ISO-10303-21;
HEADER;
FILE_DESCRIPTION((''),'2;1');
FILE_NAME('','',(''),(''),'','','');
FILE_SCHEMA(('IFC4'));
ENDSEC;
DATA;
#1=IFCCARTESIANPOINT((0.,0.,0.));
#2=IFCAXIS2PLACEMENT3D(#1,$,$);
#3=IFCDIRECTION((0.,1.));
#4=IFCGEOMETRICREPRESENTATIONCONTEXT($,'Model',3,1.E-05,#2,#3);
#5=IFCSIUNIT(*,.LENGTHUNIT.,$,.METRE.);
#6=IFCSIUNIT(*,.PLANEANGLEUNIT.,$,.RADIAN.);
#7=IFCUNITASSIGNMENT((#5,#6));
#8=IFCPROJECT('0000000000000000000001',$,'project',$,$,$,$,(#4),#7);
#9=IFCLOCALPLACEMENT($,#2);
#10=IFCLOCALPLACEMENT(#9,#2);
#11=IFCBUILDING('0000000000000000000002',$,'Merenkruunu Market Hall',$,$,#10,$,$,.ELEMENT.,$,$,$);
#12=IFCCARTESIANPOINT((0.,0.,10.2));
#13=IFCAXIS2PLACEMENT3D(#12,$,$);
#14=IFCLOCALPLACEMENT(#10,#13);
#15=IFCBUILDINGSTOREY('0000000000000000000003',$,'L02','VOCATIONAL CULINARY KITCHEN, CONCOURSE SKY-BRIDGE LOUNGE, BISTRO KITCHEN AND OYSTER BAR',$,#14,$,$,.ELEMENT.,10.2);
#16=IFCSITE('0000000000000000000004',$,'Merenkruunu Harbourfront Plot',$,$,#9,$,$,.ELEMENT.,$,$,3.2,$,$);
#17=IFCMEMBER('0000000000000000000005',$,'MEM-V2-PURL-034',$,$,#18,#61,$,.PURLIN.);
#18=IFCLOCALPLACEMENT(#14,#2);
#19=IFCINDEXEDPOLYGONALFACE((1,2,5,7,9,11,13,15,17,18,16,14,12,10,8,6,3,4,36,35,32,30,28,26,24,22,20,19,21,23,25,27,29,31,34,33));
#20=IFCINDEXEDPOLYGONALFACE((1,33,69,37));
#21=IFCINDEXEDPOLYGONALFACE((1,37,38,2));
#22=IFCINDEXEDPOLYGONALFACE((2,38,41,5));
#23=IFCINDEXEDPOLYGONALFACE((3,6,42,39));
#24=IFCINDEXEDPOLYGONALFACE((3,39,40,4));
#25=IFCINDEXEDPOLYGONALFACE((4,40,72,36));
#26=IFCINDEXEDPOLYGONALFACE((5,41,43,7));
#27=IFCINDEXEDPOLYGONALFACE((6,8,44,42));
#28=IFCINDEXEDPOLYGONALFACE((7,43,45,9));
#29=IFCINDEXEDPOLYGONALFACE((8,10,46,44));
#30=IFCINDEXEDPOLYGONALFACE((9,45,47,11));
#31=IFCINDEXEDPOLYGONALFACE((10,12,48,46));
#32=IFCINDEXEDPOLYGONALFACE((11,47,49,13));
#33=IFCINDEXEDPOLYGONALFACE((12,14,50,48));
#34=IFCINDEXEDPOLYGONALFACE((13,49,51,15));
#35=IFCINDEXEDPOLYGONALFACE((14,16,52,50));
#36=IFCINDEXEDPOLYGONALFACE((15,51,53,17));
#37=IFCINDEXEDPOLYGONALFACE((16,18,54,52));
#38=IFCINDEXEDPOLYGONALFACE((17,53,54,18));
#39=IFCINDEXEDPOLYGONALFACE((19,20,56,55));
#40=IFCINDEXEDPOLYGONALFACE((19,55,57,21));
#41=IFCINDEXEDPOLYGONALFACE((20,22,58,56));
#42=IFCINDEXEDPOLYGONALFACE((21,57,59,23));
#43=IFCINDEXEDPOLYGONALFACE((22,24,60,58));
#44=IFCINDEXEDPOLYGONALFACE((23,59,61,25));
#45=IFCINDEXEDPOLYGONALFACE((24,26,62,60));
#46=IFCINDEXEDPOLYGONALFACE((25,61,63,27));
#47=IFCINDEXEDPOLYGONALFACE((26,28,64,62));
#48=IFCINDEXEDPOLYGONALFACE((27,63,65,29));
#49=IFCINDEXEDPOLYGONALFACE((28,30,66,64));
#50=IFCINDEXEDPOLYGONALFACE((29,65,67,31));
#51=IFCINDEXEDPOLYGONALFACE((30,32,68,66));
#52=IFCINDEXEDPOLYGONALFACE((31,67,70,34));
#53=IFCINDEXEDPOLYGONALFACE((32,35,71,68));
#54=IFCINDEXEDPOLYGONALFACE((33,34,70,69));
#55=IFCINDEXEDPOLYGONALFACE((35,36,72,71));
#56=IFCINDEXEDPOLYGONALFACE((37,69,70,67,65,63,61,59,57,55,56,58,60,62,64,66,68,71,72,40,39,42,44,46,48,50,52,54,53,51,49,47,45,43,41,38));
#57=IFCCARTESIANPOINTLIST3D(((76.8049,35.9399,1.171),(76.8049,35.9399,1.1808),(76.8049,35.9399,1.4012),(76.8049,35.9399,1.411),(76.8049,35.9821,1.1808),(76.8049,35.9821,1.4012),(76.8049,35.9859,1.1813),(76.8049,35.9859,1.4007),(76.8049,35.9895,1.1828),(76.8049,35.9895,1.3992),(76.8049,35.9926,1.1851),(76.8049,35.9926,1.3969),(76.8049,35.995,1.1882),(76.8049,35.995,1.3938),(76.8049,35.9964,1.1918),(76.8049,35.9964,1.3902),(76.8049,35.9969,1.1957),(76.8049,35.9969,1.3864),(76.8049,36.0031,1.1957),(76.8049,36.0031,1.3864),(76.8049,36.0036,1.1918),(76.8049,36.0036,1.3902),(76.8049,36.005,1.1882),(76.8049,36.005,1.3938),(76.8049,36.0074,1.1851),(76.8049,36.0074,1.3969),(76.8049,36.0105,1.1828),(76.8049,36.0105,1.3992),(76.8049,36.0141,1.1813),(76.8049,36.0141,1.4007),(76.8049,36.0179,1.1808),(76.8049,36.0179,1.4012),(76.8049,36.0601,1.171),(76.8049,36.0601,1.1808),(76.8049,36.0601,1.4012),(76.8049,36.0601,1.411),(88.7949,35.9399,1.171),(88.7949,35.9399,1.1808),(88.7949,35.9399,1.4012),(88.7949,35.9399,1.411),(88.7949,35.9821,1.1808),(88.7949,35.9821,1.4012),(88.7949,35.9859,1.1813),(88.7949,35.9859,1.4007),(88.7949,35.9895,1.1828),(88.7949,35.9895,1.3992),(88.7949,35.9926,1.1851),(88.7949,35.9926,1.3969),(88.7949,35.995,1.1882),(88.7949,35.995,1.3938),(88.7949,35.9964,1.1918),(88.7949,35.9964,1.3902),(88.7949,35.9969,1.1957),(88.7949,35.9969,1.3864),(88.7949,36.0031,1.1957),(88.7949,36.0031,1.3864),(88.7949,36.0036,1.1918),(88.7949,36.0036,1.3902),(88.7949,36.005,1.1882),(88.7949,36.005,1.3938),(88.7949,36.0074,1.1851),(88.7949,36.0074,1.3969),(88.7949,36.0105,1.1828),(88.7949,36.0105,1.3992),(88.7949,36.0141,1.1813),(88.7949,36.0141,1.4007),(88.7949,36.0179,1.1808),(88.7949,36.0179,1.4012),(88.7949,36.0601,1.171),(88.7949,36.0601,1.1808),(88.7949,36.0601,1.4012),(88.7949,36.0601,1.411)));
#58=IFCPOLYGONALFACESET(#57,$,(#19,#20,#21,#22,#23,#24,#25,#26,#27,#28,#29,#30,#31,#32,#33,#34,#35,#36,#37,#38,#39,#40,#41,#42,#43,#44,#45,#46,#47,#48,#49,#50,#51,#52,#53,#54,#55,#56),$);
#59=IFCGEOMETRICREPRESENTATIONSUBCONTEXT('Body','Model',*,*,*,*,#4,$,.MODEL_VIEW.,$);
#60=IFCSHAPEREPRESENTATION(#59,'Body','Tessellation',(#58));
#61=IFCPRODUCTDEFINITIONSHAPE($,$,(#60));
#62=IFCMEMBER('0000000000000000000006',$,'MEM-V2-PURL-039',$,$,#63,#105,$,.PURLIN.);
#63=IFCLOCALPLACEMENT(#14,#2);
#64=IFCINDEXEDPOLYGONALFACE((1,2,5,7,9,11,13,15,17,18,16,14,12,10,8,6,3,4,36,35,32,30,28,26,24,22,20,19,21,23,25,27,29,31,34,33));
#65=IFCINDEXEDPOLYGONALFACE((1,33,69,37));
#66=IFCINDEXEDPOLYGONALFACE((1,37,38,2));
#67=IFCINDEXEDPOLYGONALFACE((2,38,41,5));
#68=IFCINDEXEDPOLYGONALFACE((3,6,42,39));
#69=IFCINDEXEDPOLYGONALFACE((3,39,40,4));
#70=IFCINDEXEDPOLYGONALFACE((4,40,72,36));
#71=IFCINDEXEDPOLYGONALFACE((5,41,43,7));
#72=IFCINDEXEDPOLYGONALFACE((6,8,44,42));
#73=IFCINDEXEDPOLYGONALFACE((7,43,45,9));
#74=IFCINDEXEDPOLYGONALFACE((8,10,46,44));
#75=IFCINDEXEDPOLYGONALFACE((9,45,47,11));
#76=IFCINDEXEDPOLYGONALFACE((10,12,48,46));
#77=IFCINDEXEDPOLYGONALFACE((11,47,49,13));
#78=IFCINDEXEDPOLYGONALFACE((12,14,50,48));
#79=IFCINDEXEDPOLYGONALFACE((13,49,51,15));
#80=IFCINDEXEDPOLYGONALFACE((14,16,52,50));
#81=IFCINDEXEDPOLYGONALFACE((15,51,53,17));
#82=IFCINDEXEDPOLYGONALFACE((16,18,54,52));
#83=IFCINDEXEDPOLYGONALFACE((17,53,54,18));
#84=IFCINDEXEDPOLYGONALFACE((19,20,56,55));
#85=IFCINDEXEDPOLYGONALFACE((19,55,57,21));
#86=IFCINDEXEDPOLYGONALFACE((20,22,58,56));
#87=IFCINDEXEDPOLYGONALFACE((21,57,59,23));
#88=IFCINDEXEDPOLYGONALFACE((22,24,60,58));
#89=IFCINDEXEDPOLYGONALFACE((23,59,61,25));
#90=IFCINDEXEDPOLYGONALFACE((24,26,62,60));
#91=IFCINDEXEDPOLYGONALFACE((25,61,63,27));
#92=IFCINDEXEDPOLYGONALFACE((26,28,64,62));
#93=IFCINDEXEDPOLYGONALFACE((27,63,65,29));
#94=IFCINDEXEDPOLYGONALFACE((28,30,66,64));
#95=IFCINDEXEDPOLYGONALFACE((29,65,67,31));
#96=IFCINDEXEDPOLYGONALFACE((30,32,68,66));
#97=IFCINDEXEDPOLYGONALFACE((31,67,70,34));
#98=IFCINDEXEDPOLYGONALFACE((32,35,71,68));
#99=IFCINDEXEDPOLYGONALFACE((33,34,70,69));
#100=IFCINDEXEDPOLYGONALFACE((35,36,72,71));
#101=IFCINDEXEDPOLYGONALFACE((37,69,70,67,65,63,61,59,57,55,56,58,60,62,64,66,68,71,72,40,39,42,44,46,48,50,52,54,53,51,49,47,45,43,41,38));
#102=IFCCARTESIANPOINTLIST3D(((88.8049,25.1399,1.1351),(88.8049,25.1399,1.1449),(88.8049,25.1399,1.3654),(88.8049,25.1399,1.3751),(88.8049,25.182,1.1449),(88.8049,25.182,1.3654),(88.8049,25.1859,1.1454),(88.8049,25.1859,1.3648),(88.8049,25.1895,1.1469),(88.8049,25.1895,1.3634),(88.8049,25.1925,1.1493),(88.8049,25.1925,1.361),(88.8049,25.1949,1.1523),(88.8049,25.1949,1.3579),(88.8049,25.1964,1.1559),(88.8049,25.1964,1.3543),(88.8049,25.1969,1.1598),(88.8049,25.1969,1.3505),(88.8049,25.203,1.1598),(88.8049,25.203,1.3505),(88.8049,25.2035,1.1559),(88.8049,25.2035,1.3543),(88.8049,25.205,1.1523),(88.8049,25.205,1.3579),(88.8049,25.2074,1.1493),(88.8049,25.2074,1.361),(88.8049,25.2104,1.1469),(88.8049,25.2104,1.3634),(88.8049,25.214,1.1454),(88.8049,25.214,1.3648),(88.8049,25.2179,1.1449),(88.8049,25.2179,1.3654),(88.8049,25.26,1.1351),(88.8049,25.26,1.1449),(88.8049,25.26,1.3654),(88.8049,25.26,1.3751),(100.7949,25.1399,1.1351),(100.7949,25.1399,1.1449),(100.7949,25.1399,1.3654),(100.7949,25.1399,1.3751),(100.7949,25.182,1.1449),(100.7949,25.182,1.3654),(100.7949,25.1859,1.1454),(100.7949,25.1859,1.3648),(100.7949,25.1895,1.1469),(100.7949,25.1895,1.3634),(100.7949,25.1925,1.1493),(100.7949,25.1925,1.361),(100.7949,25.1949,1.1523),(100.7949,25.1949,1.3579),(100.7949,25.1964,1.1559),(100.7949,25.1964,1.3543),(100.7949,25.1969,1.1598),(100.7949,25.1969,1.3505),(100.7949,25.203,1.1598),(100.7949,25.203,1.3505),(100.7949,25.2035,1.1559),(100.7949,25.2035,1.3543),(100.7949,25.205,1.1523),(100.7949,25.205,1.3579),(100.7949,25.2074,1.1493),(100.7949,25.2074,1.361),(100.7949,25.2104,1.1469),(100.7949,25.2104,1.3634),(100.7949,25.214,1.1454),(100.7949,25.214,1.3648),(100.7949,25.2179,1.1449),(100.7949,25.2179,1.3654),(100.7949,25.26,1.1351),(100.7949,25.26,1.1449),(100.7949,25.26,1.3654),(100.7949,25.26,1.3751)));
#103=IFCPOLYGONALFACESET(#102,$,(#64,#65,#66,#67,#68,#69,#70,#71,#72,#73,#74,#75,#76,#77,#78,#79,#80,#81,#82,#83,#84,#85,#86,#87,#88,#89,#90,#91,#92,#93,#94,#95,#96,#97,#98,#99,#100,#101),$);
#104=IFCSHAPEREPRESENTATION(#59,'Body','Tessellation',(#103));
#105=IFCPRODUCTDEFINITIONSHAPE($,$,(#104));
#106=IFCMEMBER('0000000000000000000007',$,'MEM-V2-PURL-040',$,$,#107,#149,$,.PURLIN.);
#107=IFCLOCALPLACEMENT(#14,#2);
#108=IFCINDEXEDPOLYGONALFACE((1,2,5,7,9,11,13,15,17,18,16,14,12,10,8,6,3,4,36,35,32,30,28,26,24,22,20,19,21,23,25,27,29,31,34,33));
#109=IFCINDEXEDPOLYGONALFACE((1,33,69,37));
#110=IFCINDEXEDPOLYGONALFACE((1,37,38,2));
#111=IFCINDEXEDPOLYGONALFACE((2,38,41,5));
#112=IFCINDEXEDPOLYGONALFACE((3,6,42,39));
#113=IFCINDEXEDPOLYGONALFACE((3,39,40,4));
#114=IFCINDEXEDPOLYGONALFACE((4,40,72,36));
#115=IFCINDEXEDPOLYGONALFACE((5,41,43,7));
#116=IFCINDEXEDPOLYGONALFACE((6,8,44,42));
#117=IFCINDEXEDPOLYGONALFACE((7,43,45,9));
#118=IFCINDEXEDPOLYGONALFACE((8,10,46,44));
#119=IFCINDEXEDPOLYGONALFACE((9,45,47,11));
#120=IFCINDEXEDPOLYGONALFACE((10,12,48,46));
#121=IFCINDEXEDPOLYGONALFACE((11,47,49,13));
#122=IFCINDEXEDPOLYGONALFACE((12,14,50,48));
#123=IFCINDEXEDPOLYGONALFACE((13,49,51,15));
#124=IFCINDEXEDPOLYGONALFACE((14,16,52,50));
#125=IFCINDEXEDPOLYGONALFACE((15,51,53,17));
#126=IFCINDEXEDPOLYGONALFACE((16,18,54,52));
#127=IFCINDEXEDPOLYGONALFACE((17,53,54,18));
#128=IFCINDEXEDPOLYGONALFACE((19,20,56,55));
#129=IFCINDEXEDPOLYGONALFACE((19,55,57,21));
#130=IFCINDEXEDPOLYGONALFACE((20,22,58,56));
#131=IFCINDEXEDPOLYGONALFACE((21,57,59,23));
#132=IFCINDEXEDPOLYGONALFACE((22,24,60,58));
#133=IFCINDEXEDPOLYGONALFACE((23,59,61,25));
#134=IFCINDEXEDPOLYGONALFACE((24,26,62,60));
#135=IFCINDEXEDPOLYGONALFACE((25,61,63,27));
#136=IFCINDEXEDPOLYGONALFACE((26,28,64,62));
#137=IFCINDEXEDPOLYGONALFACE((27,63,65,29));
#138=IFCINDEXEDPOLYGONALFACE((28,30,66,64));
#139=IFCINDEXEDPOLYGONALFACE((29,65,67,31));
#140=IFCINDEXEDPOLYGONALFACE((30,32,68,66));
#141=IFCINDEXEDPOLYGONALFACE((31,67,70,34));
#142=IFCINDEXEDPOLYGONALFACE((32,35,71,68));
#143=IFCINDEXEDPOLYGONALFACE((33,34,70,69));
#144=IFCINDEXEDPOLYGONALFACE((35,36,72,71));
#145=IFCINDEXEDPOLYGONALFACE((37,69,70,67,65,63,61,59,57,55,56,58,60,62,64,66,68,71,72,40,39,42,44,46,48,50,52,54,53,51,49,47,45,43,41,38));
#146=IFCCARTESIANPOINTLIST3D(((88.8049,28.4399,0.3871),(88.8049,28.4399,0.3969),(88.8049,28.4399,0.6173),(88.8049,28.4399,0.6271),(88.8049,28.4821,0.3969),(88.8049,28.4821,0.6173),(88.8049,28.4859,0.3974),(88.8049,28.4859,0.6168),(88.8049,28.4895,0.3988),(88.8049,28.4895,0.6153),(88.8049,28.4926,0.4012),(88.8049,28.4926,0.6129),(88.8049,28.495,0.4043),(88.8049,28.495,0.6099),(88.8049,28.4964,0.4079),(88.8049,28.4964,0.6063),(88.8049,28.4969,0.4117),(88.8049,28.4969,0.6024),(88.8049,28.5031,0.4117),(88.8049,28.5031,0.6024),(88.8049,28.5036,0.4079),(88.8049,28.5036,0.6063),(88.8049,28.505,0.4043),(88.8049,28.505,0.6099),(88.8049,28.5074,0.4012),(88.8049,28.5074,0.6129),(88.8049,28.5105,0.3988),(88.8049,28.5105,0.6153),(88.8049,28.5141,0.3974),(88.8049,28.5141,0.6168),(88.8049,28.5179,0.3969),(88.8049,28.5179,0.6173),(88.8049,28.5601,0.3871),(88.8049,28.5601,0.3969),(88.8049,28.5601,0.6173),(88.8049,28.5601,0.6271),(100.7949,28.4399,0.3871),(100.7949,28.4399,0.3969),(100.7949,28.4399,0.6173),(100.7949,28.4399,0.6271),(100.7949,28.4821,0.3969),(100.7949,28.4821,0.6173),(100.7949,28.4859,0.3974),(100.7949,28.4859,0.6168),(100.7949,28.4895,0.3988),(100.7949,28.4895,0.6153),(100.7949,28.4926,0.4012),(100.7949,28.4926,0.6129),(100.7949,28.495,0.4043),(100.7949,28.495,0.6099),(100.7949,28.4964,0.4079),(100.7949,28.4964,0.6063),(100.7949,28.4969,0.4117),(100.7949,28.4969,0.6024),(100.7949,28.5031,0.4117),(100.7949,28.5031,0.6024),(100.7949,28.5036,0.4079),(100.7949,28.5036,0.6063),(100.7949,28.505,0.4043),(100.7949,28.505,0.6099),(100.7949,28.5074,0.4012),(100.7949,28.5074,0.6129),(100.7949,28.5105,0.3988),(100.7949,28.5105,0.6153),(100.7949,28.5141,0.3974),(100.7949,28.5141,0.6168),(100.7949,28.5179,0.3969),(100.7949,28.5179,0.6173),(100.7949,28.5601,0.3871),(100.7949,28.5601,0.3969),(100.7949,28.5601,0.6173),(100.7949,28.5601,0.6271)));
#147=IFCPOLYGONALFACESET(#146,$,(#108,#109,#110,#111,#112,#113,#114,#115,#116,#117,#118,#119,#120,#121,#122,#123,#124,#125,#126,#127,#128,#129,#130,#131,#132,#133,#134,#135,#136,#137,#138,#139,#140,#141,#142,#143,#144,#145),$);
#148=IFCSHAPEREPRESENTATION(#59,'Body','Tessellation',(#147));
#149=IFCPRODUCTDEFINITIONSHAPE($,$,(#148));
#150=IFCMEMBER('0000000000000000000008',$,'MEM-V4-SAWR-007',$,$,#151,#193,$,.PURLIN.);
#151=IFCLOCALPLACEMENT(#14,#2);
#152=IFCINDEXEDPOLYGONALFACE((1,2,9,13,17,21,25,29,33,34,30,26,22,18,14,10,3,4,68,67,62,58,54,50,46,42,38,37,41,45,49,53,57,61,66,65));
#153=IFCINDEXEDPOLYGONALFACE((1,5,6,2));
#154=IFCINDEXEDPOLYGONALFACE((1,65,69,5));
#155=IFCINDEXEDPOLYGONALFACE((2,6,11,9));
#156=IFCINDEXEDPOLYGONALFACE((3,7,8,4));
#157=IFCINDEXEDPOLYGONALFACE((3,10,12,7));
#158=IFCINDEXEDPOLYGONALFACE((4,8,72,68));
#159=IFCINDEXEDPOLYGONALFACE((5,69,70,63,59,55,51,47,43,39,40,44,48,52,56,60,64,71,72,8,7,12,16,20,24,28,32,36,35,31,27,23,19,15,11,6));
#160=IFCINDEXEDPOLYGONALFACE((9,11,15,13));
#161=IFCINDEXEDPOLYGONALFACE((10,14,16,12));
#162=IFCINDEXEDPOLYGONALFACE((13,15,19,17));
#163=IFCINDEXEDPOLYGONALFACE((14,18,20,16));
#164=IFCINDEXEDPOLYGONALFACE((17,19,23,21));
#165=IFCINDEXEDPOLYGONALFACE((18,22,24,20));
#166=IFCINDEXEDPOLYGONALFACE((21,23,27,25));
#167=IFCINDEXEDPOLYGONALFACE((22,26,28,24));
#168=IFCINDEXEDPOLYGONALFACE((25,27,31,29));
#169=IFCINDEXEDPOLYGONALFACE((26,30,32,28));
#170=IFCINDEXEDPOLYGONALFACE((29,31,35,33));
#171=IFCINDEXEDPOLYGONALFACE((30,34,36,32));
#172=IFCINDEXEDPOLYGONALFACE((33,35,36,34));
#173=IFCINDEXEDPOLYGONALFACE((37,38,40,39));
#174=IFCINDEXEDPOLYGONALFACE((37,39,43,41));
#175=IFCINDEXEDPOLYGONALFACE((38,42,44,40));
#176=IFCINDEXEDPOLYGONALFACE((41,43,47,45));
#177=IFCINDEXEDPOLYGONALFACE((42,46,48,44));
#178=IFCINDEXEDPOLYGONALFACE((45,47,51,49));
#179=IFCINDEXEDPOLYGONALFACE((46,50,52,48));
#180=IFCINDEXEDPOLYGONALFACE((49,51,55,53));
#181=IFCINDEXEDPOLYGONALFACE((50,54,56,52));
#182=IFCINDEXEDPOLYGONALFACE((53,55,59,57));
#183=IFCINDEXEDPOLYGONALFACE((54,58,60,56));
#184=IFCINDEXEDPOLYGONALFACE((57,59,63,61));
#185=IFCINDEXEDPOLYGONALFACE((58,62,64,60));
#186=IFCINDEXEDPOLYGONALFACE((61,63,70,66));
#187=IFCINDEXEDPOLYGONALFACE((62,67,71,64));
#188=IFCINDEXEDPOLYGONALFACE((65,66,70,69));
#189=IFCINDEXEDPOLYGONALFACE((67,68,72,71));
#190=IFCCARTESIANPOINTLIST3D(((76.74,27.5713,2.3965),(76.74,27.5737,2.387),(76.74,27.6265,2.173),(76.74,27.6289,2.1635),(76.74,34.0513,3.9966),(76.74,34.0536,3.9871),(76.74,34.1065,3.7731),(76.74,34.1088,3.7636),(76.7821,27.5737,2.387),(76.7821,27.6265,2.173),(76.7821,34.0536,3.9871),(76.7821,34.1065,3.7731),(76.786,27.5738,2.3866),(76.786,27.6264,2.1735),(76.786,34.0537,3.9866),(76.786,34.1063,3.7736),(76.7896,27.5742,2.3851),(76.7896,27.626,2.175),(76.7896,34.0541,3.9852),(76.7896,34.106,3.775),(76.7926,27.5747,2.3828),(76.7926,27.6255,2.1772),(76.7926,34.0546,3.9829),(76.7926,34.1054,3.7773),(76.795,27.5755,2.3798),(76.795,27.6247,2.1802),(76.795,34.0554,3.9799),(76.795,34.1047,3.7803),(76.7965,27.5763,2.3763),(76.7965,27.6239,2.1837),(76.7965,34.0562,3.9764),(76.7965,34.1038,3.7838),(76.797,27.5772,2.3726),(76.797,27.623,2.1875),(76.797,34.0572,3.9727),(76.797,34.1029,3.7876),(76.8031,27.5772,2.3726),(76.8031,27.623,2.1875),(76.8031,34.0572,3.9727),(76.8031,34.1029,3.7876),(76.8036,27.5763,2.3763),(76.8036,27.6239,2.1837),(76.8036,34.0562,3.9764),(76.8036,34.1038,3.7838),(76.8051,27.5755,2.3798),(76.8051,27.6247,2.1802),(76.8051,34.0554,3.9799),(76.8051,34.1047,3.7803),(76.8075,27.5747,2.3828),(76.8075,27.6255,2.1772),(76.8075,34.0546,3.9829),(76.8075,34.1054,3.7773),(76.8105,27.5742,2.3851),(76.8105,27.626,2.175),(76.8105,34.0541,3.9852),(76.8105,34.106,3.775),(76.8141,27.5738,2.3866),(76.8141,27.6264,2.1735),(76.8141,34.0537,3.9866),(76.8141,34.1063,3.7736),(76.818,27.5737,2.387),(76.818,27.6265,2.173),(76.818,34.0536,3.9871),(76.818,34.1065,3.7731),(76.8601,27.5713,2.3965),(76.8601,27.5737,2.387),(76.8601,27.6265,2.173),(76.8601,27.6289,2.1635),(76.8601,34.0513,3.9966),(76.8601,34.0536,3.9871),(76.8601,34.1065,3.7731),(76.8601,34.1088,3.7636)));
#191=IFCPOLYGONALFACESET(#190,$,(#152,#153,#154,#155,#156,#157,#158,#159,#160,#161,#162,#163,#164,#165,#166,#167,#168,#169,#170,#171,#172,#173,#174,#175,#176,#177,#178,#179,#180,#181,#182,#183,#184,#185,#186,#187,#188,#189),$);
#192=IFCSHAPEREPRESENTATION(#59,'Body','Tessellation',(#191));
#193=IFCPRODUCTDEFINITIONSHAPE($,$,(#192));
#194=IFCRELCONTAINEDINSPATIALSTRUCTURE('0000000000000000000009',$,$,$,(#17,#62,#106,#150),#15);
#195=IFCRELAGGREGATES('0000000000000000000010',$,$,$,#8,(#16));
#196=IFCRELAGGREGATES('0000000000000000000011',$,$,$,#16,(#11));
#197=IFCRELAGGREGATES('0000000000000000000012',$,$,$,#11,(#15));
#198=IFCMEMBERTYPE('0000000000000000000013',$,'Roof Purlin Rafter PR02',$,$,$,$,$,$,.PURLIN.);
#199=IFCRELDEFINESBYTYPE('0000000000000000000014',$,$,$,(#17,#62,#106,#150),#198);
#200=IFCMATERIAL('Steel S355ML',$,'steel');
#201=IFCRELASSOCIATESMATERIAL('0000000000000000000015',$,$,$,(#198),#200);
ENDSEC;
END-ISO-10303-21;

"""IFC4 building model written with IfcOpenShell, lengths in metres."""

from ifc_helpers import new_model, si_unit, direction, frame, origin, origin_2d, place, context, subcontext, project, spatial, i_section, extrude, material, material_profile, profile_set, type_object, element, save


model = new_model("IFC4")

# Units and contexts
model_context = context("Model", 3, precision=1e-05, world=origin(), true_north=direction((0.0, 1.0)))
body_context = subcontext(model_context, "Body", "Model", "MODEL_VIEW")
ifc_project = project(units=[si_unit("LENGTHUNIT", "METRE"), si_unit("PLANEANGLEUNIT", "RADIAN")], contexts=[model_context])

# Site, building, storey
site_placement = place(None, origin())
site = spatial("IfcSite", under=ifc_project, at=site_placement, Name="Merenkruunu Harbourfront Plot", CompositionType="ELEMENT", RefElevation=3.2)
building_placement = place(site_placement, origin())
building = spatial("IfcBuilding", under=site, at=building_placement, Name="Merenkruunu Market Hall", CompositionType="ELEMENT")
storey_placement = place(building_placement, frame((0.0, 0.0, 10.2)))
storey = spatial("IfcBuildingStorey", under=building, at=storey_placement, Name="L02", Description="VOCATIONAL CULINARY KITCHEN, CONCOURSE SKY-BRIDGE LOUNGE, BISTRO KITCHEN AND OYSTER BAR", CompositionType="ELEMENT", Elevation=10.2)

# Shared definitions
ifc_material_1 = material(Name="Steel S355ML", Category="steel")

# Members
ifc_material_profile_1 = material_profile(ifc_material_1, i_section(OverallWidth=0.1201, OverallDepth=0.24, WebThickness=0.0061, FlangeThickness=0.0098, FilletRadius=0.0149, at=origin_2d()), Name="IPE 240")
ifc_profile_set_1 = profile_set([ifc_material_profile_1], Name="Steel S355ML")
member_type = type_object("IfcMemberType", Name="Roof Purlin Rafter PR02", PredefinedType="PURLIN", material=ifc_profile_set_1)
for number, where, z_axis, x_axis, name in (
    (1, (76.8049, 36.0, 1.291), (1.0, 0.0, 0.0), (0.0, 1.0, 0.0), "MEM-V2-PURL-034"),
    (2, (88.8049, 25.2, 1.2551), (1.0, 0.0, 0.0), (0.0, 1.0, 0.0), "MEM-V2-PURL-039"),
    (3, (88.8049, 28.5, 0.5071), (1.0, 0.0, 0.0), (0.0, 1.0, 0.0), "MEM-V2-PURL-040"),
):
    element("IfcMember", number, at=place(storey_placement, frame(where, z_axis=z_axis, x_axis=x_axis)), inside=storey, type_object=member_type, Name=name, PredefinedType="PURLIN", context=body_context, shape_type="SweptSolid", body=[
        extrude(i_section(OverallWidth=0.1201, OverallDepth=0.24, WebThickness=0.0061, FlangeThickness=0.0098, FilletRadius=0.0149, at=origin_2d()), origin(), (0.0, 0.0, 1.0), 11.99),
    ])
member_1_placement = place(storey_placement, frame((76.8, 27.6001, 2.28), z_axis=(0.0, 0.97084, 0.239729), x_axis=(-1.0, 0.0, 0.0)))
element("IfcMember", 4, at=member_1_placement, inside=storey, type_object=member_type, Name="MEM-V4-SAWR-007", PredefinedType="PURLIN", context=body_context, shape_type="SweptSolid", body=[
    extrude(i_section(OverallWidth=0.1201, OverallDepth=0.24, WebThickness=0.0061, FlangeThickness=0.0098, FilletRadius=0.0149, at=origin_2d()), origin(), (0.0, 0.0, 1.0), 6.6746),
])

save(model, "model.ifc")
